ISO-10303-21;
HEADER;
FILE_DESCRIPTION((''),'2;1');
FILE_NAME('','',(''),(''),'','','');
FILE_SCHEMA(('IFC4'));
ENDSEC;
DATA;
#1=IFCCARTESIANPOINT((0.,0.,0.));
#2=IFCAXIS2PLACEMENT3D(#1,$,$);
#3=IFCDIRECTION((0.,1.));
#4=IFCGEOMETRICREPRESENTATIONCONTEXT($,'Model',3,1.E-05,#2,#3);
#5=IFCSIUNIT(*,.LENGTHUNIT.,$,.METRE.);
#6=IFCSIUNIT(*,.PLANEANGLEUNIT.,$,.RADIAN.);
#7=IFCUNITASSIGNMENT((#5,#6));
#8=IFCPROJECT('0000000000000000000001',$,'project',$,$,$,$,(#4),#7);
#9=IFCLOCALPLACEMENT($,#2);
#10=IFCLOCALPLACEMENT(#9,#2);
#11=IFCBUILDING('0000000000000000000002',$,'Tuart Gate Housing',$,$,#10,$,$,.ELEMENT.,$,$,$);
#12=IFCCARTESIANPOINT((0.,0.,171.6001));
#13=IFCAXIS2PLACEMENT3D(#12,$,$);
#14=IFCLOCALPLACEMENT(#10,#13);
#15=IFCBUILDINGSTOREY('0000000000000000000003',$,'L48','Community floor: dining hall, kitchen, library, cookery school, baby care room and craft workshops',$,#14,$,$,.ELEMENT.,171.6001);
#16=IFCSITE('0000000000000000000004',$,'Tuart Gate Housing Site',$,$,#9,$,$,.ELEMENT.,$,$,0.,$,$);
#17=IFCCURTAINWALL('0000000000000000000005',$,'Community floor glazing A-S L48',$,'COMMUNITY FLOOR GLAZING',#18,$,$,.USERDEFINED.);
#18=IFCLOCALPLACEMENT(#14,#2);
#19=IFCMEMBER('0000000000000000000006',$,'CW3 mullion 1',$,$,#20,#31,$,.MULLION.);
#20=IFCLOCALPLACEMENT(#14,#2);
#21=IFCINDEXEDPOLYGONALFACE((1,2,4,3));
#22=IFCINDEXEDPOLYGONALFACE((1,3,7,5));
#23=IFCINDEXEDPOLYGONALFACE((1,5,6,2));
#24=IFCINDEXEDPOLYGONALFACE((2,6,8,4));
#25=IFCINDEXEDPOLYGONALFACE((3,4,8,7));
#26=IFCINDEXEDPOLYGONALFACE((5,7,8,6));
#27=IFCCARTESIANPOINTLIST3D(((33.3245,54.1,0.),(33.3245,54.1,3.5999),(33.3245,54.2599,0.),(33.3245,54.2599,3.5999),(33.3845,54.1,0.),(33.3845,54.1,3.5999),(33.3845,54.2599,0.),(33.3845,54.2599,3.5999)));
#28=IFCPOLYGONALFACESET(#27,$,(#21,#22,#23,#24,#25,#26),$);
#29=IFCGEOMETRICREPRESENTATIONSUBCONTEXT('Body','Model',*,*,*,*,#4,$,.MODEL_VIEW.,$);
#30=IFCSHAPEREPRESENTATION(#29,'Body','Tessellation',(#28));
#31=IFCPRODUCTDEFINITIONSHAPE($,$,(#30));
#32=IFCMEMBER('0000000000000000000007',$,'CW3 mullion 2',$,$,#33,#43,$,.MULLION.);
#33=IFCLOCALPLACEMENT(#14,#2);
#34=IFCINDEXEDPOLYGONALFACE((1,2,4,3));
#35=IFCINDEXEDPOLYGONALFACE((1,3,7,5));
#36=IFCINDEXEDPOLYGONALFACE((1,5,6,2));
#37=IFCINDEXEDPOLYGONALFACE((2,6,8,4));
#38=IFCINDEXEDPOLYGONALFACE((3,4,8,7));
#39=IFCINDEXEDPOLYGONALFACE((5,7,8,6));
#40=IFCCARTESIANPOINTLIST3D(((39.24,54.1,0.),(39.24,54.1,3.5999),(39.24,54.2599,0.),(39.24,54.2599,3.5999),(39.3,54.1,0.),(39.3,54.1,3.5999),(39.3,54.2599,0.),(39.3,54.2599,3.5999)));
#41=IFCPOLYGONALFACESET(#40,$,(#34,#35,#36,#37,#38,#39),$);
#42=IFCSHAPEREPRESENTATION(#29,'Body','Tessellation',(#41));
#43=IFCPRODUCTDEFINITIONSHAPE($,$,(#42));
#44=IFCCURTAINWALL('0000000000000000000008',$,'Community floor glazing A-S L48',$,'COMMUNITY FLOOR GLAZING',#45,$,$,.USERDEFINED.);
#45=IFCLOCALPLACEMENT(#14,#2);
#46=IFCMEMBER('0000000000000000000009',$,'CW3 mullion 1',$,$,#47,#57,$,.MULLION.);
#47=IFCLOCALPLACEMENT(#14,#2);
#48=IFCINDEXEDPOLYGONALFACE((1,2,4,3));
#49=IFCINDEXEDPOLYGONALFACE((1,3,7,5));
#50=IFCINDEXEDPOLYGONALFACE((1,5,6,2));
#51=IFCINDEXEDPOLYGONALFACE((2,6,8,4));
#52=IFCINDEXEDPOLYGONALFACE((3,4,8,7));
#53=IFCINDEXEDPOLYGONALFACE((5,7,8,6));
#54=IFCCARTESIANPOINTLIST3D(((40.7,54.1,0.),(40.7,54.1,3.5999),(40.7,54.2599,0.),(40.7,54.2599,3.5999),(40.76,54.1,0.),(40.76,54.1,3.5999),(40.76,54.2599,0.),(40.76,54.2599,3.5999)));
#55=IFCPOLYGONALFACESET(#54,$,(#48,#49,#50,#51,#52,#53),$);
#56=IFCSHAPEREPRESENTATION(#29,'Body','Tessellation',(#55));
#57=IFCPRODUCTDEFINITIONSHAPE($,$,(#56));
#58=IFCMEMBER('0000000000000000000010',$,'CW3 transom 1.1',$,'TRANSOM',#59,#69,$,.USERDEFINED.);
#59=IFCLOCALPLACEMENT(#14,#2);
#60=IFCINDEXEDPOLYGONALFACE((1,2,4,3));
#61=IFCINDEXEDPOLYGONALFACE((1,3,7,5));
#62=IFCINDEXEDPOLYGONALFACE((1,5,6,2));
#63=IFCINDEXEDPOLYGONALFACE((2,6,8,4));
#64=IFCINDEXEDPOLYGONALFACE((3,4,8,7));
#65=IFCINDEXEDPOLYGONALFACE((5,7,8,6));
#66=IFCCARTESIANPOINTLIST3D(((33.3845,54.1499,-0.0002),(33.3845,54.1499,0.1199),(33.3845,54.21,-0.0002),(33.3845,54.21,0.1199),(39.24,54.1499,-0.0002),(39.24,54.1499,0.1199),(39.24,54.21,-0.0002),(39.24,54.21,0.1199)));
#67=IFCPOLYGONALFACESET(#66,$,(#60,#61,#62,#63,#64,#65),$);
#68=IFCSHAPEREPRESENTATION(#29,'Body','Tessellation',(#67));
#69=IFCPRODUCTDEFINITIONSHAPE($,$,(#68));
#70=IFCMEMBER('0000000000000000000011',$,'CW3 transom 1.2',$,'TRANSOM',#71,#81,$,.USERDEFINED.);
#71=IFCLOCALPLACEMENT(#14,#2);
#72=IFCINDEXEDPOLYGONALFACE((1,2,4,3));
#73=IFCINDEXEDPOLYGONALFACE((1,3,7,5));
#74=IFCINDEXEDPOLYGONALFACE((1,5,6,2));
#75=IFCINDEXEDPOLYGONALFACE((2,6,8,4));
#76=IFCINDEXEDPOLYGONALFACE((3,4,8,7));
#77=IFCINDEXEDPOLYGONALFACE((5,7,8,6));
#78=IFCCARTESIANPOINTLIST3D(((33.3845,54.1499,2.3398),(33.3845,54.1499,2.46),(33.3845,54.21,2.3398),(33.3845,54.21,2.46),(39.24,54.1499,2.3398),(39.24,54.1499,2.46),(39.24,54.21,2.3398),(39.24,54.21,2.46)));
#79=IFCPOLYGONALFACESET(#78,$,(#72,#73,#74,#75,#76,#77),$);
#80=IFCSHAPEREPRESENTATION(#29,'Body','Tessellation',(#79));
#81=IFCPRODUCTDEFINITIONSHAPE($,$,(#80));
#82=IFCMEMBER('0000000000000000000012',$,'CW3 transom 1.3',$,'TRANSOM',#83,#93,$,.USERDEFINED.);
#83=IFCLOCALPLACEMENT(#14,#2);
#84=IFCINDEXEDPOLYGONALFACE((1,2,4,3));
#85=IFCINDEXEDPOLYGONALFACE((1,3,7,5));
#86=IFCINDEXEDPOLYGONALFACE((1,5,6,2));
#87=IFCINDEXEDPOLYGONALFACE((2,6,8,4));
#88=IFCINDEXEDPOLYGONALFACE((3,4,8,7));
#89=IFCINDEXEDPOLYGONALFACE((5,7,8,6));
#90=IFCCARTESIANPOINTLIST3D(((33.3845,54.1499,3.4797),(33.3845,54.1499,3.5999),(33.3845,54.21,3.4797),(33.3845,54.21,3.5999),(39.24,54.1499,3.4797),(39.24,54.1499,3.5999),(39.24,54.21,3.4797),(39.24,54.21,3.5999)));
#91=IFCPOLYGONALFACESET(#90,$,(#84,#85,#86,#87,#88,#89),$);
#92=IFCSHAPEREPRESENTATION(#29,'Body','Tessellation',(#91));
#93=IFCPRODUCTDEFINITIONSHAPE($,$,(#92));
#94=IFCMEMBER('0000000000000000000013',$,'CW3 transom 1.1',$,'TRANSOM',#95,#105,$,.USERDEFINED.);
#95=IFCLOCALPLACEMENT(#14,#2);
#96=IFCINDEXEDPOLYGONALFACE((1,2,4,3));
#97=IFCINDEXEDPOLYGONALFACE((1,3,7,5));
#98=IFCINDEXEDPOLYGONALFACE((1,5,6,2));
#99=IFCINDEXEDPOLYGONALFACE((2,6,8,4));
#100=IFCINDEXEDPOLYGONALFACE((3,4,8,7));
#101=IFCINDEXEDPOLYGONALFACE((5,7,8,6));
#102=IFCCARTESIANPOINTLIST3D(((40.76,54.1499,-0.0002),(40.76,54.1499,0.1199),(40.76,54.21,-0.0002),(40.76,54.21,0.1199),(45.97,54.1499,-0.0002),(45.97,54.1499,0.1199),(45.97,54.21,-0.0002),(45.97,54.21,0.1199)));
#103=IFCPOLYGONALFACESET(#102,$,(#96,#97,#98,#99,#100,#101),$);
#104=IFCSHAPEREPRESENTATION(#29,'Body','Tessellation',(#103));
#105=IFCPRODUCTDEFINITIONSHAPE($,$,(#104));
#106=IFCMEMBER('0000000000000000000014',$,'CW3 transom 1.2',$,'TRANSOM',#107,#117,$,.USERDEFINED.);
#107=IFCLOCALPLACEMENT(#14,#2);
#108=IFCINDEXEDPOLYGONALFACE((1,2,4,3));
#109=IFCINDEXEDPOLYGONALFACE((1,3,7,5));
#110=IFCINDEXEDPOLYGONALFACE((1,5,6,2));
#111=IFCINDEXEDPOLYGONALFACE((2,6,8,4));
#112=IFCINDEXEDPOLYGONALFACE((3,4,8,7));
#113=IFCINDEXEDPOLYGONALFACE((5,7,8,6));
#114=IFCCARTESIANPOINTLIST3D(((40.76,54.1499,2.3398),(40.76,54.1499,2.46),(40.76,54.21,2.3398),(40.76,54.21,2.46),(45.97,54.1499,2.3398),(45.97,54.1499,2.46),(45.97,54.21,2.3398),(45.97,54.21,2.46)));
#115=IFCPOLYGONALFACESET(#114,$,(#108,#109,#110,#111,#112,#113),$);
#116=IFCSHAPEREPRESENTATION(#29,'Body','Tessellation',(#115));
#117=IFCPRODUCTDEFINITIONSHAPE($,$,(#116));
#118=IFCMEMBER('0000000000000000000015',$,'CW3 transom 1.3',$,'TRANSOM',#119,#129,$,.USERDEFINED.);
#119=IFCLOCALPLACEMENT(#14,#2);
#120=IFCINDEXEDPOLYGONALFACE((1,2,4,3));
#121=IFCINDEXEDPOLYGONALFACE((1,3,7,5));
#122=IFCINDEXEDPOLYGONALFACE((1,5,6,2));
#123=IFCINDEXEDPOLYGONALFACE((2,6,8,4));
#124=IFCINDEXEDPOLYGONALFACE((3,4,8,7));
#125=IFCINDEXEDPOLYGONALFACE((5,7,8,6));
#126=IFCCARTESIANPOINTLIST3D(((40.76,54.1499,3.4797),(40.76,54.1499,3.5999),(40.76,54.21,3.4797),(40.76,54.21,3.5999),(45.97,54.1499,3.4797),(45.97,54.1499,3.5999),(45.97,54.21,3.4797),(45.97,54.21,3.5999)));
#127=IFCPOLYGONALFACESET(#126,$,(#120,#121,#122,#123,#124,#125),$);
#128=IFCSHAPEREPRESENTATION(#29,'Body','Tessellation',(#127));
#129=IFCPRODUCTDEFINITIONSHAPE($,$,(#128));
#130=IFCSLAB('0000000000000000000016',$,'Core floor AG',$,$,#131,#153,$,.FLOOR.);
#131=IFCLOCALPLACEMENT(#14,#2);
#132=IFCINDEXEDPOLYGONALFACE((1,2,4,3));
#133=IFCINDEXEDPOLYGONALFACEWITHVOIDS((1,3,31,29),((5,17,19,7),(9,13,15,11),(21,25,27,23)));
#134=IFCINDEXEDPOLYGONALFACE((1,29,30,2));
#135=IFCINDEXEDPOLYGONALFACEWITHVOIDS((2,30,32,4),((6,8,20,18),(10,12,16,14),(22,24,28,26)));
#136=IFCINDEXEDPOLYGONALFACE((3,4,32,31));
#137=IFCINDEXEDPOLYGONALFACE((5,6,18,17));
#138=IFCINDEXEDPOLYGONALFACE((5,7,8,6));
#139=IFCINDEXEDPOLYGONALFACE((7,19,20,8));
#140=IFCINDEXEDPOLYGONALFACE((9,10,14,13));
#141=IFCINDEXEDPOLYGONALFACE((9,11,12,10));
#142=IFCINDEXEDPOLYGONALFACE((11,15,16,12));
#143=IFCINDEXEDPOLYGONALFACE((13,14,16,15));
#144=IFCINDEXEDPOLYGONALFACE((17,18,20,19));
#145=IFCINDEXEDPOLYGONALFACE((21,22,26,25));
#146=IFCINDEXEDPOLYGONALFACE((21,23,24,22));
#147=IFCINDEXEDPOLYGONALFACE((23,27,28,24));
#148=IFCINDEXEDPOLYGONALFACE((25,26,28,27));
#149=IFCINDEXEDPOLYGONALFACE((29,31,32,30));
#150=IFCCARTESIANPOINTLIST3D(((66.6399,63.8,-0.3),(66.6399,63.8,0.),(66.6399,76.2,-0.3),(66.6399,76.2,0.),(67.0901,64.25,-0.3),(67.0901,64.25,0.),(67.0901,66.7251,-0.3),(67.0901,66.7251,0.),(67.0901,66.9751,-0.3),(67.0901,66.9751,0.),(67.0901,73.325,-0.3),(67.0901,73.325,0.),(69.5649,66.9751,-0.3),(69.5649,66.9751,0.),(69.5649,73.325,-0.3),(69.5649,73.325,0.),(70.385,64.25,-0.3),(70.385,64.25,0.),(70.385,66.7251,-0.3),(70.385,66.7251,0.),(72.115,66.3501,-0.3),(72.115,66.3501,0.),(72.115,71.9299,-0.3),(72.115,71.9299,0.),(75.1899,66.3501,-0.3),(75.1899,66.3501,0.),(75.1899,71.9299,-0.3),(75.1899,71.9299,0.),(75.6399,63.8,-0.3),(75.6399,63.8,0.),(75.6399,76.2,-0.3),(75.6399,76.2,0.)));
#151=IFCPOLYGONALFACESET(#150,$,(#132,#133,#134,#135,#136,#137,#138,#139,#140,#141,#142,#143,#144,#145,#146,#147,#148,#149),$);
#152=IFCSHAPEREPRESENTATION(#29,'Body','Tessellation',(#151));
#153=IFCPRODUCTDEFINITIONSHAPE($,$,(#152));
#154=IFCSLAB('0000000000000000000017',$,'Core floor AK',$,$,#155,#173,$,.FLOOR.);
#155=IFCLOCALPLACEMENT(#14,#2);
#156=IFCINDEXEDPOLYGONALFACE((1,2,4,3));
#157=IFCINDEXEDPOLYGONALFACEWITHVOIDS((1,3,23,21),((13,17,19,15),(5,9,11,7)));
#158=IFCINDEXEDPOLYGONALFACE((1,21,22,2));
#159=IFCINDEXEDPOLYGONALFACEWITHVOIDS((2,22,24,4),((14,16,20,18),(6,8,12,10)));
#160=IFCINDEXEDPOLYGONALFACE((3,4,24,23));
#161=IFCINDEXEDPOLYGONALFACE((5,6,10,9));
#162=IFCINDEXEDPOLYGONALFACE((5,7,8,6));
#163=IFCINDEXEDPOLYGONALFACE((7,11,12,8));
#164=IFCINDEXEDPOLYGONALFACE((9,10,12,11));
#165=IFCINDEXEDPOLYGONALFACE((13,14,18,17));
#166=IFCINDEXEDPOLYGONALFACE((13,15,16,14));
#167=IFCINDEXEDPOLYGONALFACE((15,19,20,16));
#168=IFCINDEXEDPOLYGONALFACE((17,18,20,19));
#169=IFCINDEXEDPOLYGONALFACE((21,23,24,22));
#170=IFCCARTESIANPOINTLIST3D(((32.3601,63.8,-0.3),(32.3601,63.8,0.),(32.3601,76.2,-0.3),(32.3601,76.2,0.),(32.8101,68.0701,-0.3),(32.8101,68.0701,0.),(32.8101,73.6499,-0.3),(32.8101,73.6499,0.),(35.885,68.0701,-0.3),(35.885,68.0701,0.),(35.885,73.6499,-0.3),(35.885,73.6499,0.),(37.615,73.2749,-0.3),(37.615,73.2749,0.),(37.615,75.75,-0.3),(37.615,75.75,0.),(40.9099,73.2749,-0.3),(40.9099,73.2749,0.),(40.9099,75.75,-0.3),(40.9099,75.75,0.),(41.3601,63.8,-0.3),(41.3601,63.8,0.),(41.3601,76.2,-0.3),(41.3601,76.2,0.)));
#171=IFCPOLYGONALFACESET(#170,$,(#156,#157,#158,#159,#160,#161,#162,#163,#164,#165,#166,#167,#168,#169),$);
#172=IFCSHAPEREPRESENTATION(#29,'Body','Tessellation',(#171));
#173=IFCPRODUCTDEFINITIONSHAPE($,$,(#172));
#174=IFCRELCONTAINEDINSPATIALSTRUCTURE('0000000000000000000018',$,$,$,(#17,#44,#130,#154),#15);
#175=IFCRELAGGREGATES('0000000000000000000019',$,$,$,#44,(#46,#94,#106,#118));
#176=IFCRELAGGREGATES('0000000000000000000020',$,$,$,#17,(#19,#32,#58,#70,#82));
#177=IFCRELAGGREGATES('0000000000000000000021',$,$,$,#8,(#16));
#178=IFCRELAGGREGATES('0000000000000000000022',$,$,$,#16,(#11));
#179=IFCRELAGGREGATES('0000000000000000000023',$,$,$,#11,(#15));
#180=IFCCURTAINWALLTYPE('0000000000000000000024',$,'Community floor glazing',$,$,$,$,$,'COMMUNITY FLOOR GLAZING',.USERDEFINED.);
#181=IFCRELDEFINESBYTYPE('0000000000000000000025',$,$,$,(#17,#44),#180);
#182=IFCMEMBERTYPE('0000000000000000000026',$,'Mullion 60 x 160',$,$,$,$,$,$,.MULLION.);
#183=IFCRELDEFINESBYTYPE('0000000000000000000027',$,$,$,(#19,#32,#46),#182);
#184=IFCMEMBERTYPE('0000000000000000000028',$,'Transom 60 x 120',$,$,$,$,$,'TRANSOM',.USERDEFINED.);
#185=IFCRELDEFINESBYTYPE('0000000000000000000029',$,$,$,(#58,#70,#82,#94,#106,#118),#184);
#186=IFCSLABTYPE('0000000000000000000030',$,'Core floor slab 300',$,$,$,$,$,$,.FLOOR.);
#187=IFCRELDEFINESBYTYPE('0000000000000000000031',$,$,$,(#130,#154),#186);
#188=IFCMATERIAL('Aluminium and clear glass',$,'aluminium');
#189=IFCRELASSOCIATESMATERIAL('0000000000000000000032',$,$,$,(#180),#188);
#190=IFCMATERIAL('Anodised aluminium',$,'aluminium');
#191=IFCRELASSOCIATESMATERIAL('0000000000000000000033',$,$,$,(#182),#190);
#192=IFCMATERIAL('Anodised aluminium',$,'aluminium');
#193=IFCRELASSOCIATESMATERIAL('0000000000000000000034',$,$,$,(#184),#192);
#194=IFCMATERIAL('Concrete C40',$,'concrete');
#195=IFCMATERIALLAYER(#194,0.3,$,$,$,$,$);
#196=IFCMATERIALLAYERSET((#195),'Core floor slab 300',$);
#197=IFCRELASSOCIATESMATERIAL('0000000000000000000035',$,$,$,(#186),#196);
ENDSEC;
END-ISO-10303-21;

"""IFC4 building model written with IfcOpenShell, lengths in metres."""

from ifc_helpers import new_model, si_unit, direction, frame, origin, origin_2d, place, context, subcontext, project, spatial, polyline, rectangle, outline, extrude, material, layer, layer_set, material_profile, profile_set, type_object, element, aggregate, save


model = new_model("IFC4")

# Units and contexts
model_context = context("Model", 3, precision=1e-05, world=origin(), true_north=direction((0.0, 1.0)))
body_context = subcontext(model_context, "Body", "Model", "MODEL_VIEW")
ifc_project = project(units=[si_unit("LENGTHUNIT", "METRE"), si_unit("PLANEANGLEUNIT", "RADIAN")], contexts=[model_context])

# Site, building, storey
site_placement = place(None, origin())
site = spatial("IfcSite", under=ifc_project, at=site_placement, Name="Tuart Gate Housing Site", CompositionType="ELEMENT", RefElevation=0.0)
building_placement = place(site_placement, origin())
building = spatial("IfcBuilding", under=site, at=building_placement, Name="Tuart Gate Housing", CompositionType="ELEMENT")
storey_placement = place(building_placement, frame((0.0, 0.0, 171.6001)))
storey = spatial("IfcBuildingStorey", under=building, at=storey_placement, Name="L48", Description="Community floor: dining hall, kitchen, library, cookery school, baby care room and craft workshops", CompositionType="ELEMENT", Elevation=171.6001)

# Curtain wall, members
ifc_material_1 = material(Name="Aluminium and clear glass", Category="aluminium")
curtain_wall_type = type_object("IfcCurtainWallType", Name="Community floor glazing", ElementType="COMMUNITY FLOOR GLAZING", PredefinedType="USERDEFINED", material=ifc_material_1)
curtain_wall_1_placement = place(storey_placement, origin())
curtain_wall_1 = element("IfcCurtainWall", 1, at=curtain_wall_1_placement, inside=storey, type_object=curtain_wall_type, Name="Community floor glazing A-S L48", ObjectType="COMMUNITY FLOOR GLAZING", PredefinedType="USERDEFINED")
ifc_material_2 = material(Name="Anodised aluminium", Category="aluminium")
ifc_material_profile_1 = material_profile(ifc_material_2, rectangle(XDim=0.0601, YDim=0.1599, at=origin_2d()), Name="60x160")
ifc_profile_set_1 = profile_set([ifc_material_profile_1], Name="Anodised aluminium")
member_type_1 = type_object("IfcMemberType", Name="Mullion 60 x 160", PredefinedType="MULLION", material=ifc_profile_set_1)
member_1_placement = place(storey_placement, frame((33.3545, 54.1799, 0.0), z_axis=(0.0, 0.0, 1.0), x_axis=(1.0, 0.0, 0.0)))
member_1 = element("IfcMember", 2, at=member_1_placement, type_object=member_type_1, Name="CW3 mullion 1", PredefinedType="MULLION", context=body_context, shape_type="SweptSolid", body=[
    extrude(rectangle(XDim=0.0601, YDim=0.1599, at=origin_2d()), origin(), (0.0, 0.0, 1.0), 3.5999),
])
member_2_placement = place(storey_placement, frame((39.27, 54.1799, 0.0), z_axis=(0.0, 0.0, 1.0), x_axis=(1.0, 0.0, 0.0)))
member_2 = element("IfcMember", 3, at=member_2_placement, type_object=member_type_1, Name="CW3 mullion 2", PredefinedType="MULLION", context=body_context, shape_type="SweptSolid", body=[
    extrude(rectangle(XDim=0.0601, YDim=0.1599, at=origin_2d()), origin(), (0.0, 0.0, 1.0), 3.5999),
])

# Curtain wall, member
curtain_wall_2_placement = place(storey_placement, origin())
curtain_wall_2 = element("IfcCurtainWall", 4, at=curtain_wall_2_placement, inside=storey, type_object=curtain_wall_type, Name="Community floor glazing A-S L48", ObjectType="COMMUNITY FLOOR GLAZING", PredefinedType="USERDEFINED")
member_3_placement = place(storey_placement, frame((40.73, 54.1799, 0.0), z_axis=(0.0, 0.0, 1.0), x_axis=(1.0, 0.0, 0.0)))
member_3 = element("IfcMember", 5, at=member_3_placement, type_object=member_type_1, Name="CW3 mullion 1", PredefinedType="MULLION", context=body_context, shape_type="SweptSolid", body=[
    extrude(rectangle(XDim=0.0601, YDim=0.1599, at=origin_2d()), origin(), (0.0, 0.0, 1.0), 3.5999),
])

# Members
ifc_material_3 = material(Name="Anodised aluminium", Category="aluminium")
ifc_material_profile_2 = material_profile(ifc_material_3, rectangle(XDim=0.0601, YDim=0.1201, at=origin_2d()), Name="60x120")
ifc_profile_set_2 = profile_set([ifc_material_profile_2], Name="Anodised aluminium")
member_type_2 = type_object("IfcMemberType", Name="Transom 60 x 120", ElementType="TRANSOM", PredefinedType="USERDEFINED", material=ifc_profile_set_2)
member_4_placement = place(storey_placement, frame((33.3845, 54.1799, 0.0598), z_axis=(1.0, 0.0, 0.0), x_axis=(0.0, 1.0, 0.0)))
member_4 = element("IfcMember", 6, at=member_4_placement, type_object=member_type_2, Name="CW3 transom 1.1", ObjectType="TRANSOM", PredefinedType="USERDEFINED", context=body_context, shape_type="SweptSolid", body=[
    extrude(rectangle(XDim=0.0601, YDim=0.1201, at=origin_2d()), origin(), (0.0, 0.0, 1.0), 5.8555),
])
member_5_placement = place(storey_placement, frame((33.3845, 54.1799, 2.3999), z_axis=(1.0, 0.0, 0.0), x_axis=(0.0, 1.0, 0.0)))
member_5 = element("IfcMember", 7, at=member_5_placement, type_object=member_type_2, Name="CW3 transom 1.2", ObjectType="TRANSOM", PredefinedType="USERDEFINED", context=body_context, shape_type="SweptSolid", body=[
    extrude(rectangle(XDim=0.0601, YDim=0.1201, at=origin_2d()), origin(), (0.0, 0.0, 1.0), 5.8555),
])
member_6_placement = place(storey_placement, frame((33.3845, 54.1799, 3.5398), z_axis=(1.0, 0.0, 0.0), x_axis=(0.0, 1.0, 0.0)))
member_6 = element("IfcMember", 8, at=member_6_placement, type_object=member_type_2, Name="CW3 transom 1.3", ObjectType="TRANSOM", PredefinedType="USERDEFINED", context=body_context, shape_type="SweptSolid", body=[
    extrude(rectangle(XDim=0.0601, YDim=0.1201, at=origin_2d()), origin(), (0.0, 0.0, 1.0), 5.8555),
])
member_7_placement = place(storey_placement, frame((40.76, 54.1799, 0.0598), z_axis=(1.0, 0.0, 0.0), x_axis=(0.0, 1.0, 0.0)))
member_7 = element("IfcMember", 9, at=member_7_placement, type_object=member_type_2, Name="CW3 transom 1.1", ObjectType="TRANSOM", PredefinedType="USERDEFINED", context=body_context, shape_type="SweptSolid", body=[
    extrude(rectangle(XDim=0.0601, YDim=0.1201, at=origin_2d()), origin(), (0.0, 0.0, 1.0), 5.21),
])
member_8_placement = place(storey_placement, frame((40.76, 54.1799, 2.3999), z_axis=(1.0, 0.0, 0.0), x_axis=(0.0, 1.0, 0.0)))
member_8 = element("IfcMember", 10, at=member_8_placement, type_object=member_type_2, Name="CW3 transom 1.2", ObjectType="TRANSOM", PredefinedType="USERDEFINED", context=body_context, shape_type="SweptSolid", body=[
    extrude(rectangle(XDim=0.0601, YDim=0.1201, at=origin_2d()), origin(), (0.0, 0.0, 1.0), 5.21),
])
member_9_placement = place(storey_placement, frame((40.76, 54.1799, 3.5398), z_axis=(1.0, 0.0, 0.0), x_axis=(0.0, 1.0, 0.0)))
member_9 = element("IfcMember", 11, at=member_9_placement, type_object=member_type_2, Name="CW3 transom 1.3", ObjectType="TRANSOM", PredefinedType="USERDEFINED", context=body_context, shape_type="SweptSolid", body=[
    extrude(rectangle(XDim=0.0601, YDim=0.1201, at=origin_2d()), origin(), (0.0, 0.0, 1.0), 5.21),
])

# Slabs
ifc_material_4 = material(Name="Concrete C40", Category="concrete")
ifc_layer_1 = layer(ifc_material_4, 0.3)
ifc_layer_set_1 = layer_set([ifc_layer_1], Name="Core floor slab 300")
slab_type_1 = type_object("IfcSlabType", Name="Core floor slab 300", PredefinedType="FLOOR", material=ifc_layer_set_1)
slab_1_placement = place(storey_placement, frame((0.0, 0.0, -0.3)))
element("IfcSlab", 12, at=slab_1_placement, inside=storey, type_object=slab_type_1, Name="Core floor AG", PredefinedType="FLOOR", context=body_context, shape_type="SweptSolid", body=[
    extrude(outline(polyline([(66.6399, 63.8), (75.6399, 63.8), (75.6399, 76.2), (66.6399, 76.2), (66.6399, 63.8)]), holes=[polyline([(67.0901, 64.25), (70.385, 64.25), (70.385, 66.7251), (67.0901, 66.7251), (67.0901, 64.25)]), polyline([(67.0901, 66.9751), (69.5649, 66.9751), (69.5649, 73.325), (67.0901, 73.325), (67.0901, 66.9751)]), polyline([(72.115, 66.3501), (75.1899, 66.3501), (75.1899, 71.9299), (72.115, 71.9299), (72.115, 66.3501)])]), origin(), (0.0, 0.0, 1.0), 0.3),
])
slab_2_placement = place(storey_placement, frame((0.0, 0.0, -0.3)))
element("IfcSlab", 13, at=slab_2_placement, inside=storey, type_object=slab_type_1, Name="Core floor AK", PredefinedType="FLOOR", context=body_context, shape_type="SweptSolid", body=[
    extrude(outline(polyline([(32.3601, 63.8), (41.3601, 63.8), (41.3601, 76.2), (32.3601, 76.2), (32.3601, 63.8)]), holes=[polyline([(40.9099, 75.75), (37.615, 75.75), (37.615, 73.2749), (40.9099, 73.2749), (40.9099, 75.75)]), polyline([(35.885, 73.6499), (32.8101, 73.6499), (32.8101, 68.0701), (35.885, 68.0701), (35.885, 73.6499)])]), origin(), (0.0, 0.0, 1.0), 0.3),
])

aggregate(curtain_wall_2, [member_3, member_7, member_8, member_9])
aggregate(curtain_wall_1, [member_1, member_2, member_4, member_5, member_6])

save(model, "model.ifc")
